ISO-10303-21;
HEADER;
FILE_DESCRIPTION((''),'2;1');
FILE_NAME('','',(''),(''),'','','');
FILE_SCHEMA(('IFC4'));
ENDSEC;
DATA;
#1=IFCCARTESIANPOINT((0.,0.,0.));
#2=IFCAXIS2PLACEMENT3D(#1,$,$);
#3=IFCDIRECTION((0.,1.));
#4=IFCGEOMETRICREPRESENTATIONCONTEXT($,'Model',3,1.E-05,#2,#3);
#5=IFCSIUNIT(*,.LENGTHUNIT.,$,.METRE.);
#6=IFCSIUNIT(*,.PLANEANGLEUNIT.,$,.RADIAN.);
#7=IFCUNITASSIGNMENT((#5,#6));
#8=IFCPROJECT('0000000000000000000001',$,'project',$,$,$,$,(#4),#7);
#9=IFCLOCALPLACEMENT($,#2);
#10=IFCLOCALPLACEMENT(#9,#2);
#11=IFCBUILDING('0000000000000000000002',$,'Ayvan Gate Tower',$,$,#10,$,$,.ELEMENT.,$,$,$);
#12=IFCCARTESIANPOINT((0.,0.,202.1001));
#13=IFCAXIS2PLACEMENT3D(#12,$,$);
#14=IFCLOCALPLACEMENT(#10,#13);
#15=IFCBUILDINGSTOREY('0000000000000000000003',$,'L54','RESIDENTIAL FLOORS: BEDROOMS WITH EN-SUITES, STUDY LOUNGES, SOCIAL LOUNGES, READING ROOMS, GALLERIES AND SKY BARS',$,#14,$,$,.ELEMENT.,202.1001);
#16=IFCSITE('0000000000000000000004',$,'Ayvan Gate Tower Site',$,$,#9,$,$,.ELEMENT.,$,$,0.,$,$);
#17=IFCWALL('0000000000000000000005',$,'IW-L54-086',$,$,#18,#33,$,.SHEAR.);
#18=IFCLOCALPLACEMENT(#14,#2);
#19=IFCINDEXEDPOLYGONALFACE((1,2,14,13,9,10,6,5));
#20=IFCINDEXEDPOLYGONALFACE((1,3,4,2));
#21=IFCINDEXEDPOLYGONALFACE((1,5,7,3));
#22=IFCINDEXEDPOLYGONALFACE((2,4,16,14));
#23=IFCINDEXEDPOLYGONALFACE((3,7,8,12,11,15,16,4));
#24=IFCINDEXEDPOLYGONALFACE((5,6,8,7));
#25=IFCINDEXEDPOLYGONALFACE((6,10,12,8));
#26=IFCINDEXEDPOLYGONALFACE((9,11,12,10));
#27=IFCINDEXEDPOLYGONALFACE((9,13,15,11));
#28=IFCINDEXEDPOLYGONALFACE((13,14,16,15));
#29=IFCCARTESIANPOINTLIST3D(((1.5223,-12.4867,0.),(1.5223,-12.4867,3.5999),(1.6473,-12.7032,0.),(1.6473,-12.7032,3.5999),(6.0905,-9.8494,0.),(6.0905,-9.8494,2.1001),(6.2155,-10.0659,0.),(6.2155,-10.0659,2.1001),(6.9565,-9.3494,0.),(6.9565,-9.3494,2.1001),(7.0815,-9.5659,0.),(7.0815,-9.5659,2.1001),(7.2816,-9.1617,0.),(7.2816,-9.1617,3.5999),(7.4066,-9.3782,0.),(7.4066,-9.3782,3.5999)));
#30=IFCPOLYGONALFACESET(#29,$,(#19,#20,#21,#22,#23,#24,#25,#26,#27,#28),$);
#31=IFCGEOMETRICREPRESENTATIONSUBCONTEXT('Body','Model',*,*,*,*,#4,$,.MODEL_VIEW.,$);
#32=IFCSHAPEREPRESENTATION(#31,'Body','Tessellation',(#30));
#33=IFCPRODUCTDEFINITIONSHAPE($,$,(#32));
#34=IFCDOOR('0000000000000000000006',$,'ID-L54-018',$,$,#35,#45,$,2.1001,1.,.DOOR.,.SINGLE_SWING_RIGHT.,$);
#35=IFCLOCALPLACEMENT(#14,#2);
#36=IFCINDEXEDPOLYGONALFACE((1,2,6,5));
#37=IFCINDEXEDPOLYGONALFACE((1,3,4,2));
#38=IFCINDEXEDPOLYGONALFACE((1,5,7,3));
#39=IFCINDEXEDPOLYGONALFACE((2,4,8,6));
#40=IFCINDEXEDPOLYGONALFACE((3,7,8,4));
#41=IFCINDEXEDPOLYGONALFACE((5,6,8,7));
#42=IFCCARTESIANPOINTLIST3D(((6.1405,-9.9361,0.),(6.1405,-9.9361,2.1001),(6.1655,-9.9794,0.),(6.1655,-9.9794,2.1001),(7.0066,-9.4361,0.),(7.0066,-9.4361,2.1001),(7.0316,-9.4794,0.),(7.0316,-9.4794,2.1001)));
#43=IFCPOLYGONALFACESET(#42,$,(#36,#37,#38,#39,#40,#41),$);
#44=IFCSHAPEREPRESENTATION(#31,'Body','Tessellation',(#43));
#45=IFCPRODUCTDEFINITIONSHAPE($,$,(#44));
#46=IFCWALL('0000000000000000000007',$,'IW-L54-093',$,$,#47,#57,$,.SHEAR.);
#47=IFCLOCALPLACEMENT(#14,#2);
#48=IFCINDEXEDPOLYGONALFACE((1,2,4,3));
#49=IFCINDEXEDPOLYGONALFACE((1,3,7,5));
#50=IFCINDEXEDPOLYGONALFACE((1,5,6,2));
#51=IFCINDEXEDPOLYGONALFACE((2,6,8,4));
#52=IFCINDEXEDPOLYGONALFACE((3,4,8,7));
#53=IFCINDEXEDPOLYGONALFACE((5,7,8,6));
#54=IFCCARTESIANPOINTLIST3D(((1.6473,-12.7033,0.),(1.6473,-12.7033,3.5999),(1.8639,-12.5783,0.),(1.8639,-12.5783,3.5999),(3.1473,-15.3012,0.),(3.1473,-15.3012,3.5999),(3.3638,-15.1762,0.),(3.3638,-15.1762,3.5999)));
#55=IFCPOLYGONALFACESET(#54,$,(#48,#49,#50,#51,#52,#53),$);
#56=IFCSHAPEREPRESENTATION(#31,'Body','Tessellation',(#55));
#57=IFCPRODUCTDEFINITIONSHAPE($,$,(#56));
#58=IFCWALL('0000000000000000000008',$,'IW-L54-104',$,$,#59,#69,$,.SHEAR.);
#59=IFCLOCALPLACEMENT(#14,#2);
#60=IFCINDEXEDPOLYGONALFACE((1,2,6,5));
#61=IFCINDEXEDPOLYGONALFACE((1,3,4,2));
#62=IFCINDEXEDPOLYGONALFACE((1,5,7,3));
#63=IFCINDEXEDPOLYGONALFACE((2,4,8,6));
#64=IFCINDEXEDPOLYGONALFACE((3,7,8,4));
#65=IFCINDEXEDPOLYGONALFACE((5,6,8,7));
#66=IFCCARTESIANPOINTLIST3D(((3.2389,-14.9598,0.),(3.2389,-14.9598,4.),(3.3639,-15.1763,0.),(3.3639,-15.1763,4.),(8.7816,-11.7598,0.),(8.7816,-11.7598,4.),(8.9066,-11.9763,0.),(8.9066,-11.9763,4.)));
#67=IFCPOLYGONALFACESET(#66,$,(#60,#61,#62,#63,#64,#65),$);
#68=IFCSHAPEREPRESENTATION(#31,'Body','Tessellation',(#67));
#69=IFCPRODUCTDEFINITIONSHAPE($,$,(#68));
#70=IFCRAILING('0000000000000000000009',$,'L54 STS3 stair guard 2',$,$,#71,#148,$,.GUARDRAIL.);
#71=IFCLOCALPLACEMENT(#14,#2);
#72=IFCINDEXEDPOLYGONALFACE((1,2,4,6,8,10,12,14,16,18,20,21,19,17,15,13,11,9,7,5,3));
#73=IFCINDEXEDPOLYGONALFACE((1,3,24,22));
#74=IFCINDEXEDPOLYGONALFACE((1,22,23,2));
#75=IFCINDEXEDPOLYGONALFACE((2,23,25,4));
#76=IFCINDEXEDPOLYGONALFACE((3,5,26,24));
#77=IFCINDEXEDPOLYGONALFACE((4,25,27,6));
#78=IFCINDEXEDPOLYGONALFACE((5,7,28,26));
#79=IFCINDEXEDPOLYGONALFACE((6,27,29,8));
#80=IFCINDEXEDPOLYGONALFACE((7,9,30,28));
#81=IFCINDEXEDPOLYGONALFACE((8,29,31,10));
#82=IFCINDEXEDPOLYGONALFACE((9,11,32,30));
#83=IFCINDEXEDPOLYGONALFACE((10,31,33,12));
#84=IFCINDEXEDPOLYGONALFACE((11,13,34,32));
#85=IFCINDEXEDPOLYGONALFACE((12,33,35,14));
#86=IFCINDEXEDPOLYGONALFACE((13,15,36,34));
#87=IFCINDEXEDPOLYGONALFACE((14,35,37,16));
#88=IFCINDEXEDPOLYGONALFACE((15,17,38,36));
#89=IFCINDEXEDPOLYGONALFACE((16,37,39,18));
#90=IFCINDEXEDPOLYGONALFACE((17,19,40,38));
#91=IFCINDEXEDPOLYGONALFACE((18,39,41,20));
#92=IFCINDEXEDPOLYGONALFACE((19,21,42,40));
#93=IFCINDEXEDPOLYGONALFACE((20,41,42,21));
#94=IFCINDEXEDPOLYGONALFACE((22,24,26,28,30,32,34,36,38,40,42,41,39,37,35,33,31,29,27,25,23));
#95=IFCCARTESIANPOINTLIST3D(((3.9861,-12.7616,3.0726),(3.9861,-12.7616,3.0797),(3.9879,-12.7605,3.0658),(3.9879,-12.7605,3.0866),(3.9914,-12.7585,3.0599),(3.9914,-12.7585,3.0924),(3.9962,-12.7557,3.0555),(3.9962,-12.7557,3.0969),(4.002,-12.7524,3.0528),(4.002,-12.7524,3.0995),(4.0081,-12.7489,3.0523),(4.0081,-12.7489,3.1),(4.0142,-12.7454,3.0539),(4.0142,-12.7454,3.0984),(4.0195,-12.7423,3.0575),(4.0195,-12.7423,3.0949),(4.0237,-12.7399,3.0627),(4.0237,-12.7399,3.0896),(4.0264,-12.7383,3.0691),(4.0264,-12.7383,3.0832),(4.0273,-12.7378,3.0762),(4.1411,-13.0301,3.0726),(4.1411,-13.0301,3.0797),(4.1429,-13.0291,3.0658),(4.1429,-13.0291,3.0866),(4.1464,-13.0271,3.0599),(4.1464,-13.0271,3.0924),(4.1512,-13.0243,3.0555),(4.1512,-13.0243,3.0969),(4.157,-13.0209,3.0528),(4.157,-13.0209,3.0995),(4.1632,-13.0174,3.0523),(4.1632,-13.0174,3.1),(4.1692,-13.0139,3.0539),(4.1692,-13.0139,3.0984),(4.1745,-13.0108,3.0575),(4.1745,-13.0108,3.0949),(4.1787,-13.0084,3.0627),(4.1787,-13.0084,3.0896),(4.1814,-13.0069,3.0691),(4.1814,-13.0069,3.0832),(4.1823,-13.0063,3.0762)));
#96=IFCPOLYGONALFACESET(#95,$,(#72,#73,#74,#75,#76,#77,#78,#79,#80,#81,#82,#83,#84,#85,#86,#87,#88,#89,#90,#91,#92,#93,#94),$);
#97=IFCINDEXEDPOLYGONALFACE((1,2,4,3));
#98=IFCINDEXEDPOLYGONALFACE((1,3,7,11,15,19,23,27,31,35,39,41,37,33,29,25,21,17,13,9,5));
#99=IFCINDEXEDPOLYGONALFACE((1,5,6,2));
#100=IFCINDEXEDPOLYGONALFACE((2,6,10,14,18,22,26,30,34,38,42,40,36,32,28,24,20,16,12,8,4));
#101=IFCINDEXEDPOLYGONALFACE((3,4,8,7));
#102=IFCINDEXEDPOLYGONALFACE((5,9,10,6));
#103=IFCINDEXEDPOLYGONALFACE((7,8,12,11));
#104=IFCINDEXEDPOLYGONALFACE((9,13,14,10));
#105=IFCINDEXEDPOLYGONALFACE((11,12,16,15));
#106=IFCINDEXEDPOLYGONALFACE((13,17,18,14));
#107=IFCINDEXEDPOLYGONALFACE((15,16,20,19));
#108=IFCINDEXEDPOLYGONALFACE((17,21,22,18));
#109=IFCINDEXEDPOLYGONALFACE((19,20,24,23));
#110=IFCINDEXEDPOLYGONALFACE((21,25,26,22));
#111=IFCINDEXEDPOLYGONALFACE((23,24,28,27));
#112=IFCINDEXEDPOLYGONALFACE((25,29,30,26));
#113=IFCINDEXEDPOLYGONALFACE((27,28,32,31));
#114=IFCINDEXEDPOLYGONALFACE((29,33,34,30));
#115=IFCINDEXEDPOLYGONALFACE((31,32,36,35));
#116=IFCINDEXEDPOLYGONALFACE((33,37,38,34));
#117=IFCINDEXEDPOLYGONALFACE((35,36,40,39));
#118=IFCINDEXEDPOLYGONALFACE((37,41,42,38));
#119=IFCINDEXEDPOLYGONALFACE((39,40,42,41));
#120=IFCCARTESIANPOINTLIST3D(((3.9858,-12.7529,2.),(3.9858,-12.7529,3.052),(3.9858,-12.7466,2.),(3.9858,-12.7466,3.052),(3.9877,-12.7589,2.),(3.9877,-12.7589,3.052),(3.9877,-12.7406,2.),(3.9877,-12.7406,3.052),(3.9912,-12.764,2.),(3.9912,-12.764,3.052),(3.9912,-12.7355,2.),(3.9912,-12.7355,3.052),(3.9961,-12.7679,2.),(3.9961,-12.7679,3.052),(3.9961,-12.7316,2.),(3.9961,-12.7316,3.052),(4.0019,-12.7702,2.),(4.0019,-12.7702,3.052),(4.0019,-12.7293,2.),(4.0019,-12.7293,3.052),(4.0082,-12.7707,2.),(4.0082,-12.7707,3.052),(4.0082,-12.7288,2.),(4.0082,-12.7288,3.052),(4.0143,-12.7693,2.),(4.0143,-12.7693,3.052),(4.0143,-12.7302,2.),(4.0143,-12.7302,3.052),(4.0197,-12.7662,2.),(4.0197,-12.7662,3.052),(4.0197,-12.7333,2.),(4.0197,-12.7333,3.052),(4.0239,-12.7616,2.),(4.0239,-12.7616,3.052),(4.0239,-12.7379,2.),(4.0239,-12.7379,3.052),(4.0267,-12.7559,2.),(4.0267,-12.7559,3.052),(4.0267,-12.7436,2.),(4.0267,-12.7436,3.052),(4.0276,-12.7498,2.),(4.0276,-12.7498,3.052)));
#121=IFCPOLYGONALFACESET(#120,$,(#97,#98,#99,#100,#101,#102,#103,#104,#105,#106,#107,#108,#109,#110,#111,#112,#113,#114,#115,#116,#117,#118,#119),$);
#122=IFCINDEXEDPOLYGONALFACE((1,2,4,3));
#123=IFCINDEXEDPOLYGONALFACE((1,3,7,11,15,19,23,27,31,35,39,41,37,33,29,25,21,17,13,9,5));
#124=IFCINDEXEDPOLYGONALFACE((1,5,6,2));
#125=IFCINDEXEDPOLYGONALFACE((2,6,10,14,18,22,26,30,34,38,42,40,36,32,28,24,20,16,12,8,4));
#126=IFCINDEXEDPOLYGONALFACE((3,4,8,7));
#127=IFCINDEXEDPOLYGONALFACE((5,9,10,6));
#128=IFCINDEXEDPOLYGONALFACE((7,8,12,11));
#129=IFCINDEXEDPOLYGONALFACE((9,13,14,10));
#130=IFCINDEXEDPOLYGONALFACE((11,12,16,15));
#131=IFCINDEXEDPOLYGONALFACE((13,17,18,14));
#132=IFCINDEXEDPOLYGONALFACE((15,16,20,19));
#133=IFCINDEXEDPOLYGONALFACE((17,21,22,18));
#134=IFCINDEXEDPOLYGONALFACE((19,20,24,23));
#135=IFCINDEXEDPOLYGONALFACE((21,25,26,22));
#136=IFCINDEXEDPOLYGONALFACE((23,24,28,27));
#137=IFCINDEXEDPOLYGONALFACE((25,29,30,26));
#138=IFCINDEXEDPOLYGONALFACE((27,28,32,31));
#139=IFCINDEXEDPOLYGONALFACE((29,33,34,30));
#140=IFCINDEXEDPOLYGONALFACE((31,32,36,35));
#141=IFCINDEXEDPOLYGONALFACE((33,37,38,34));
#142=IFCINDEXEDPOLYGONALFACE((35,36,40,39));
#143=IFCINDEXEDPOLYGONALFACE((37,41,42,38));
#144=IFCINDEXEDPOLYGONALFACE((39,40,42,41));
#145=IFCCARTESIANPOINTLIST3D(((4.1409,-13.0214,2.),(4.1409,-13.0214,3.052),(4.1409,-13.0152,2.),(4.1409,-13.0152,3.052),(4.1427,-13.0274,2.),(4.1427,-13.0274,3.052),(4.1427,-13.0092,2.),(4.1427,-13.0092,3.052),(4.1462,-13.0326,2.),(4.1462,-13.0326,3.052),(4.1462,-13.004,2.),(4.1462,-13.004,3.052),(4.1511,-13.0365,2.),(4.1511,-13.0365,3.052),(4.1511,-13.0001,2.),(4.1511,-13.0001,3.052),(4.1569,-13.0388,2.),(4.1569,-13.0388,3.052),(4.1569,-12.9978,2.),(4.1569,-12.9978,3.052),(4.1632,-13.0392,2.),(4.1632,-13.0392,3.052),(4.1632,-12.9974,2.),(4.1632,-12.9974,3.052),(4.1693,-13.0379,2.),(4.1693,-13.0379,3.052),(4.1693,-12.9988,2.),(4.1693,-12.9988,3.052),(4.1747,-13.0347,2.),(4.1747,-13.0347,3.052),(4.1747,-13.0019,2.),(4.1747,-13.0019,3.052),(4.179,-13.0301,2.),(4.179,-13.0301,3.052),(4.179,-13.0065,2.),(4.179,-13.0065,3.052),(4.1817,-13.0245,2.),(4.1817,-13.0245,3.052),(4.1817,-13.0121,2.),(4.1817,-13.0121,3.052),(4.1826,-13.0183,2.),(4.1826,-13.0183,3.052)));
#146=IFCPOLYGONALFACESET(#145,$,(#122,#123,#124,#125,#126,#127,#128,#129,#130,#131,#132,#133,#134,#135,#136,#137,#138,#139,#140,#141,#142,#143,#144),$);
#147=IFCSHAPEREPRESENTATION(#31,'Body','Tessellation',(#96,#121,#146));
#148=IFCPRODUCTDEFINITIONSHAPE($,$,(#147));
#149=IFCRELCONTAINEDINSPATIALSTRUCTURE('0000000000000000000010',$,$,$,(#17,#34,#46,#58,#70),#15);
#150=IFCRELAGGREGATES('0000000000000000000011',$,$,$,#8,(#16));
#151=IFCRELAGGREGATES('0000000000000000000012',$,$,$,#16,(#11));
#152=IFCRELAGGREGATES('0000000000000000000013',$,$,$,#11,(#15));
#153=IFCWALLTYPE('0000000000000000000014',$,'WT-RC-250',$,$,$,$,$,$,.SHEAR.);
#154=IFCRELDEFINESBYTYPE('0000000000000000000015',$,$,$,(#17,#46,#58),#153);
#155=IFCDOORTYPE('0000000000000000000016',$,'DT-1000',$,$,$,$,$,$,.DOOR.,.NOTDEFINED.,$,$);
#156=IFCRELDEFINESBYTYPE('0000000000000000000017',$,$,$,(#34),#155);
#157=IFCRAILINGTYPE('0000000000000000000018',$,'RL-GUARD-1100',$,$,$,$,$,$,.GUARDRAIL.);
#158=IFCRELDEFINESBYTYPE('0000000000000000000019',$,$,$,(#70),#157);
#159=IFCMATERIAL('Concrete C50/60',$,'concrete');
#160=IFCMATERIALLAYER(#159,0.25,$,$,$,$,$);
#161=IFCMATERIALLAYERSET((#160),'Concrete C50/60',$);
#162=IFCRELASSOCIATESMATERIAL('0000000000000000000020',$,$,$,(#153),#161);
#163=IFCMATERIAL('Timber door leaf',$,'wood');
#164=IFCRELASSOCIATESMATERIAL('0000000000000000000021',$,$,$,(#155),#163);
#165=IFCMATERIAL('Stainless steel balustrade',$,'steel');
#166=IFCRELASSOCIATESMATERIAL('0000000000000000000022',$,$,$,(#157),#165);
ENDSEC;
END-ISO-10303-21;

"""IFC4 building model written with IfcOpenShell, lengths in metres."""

from ifc_helpers import new_model, si_unit, direction, frame, frame_2d, origin, origin_2d, place, context, subcontext, project, spatial, rectangle, circle, extrude, material, layer, layer_set, type_object, element, fill, save


model = new_model("IFC4")

# Units and contexts
model_context = context("Model", 3, precision=1e-05, world=origin(), true_north=direction((0.0, 1.0)))
body_context = subcontext(model_context, "Body", "Model", "MODEL_VIEW")
ifc_project = project(units=[si_unit("LENGTHUNIT", "METRE"), si_unit("PLANEANGLEUNIT", "RADIAN")], contexts=[model_context])

# Site, building, storey
site_placement = place(None, origin())
site = spatial("IfcSite", under=ifc_project, at=site_placement, Name="Ayvan Gate Tower Site", CompositionType="ELEMENT", RefElevation=0.0)
building_placement = place(site_placement, origin())
building = spatial("IfcBuilding", under=site, at=building_placement, Name="Ayvan Gate Tower", CompositionType="ELEMENT")
storey_placement = place(building_placement, frame((0.0, 0.0, 202.1001)))
storey = spatial("IfcBuildingStorey", under=building, at=storey_placement, Name="L54", Description="RESIDENTIAL FLOORS: BEDROOMS WITH EN-SUITES, STUDY LOUNGES, SOCIAL LOUNGES, READING ROOMS, GALLERIES AND SKY BARS", CompositionType="ELEMENT", Elevation=202.1001)

# Shared definitions
ifc_material_1 = material(Name="Timber door leaf", Category="wood")

# Shared definitions
ifc_material_2 = material(Name="Concrete C50/60", Category="concrete")
ifc_layer_1 = layer(ifc_material_2, 0.25)
ifc_layer_set_1 = layer_set([ifc_layer_1], Name="Concrete C50/60")
wall_type_1 = type_object("IfcWallType", Name="WT-RC-250", PredefinedType="SHEAR", material=ifc_layer_set_1)

# Wall, opening, door
wall_1_placement = place(storey_placement, frame((1.5847, -12.595, 0.0), z_axis=(0.0, 0.0, 1.0), x_axis=(0.866036, 0.499981, 0.0)))
wall_1 = element("IfcWall", 1, at=wall_1_placement, inside=storey, type_object=wall_type_1, Name="IW-L54-086", PredefinedType="SHEAR", context=body_context, shape_type="SweptSolid", body=[
    extrude(rectangle(XDim=6.6501, YDim=0.25, at=frame_2d((3.3252, 0.0))), origin(), (0.0, 0.0, 1.0), 3.5999),
])
opening_1_placement = place(wall_1_placement, frame((5.2749, 0.0, 0.0)))
opening_1 = element("IfcOpeningElement", 2, at=opening_1_placement, cuts=wall_1, PredefinedType="OPENING", context=body_context, shape_type="SweptSolid", body=[
    extrude(rectangle(XDim=1.0, YDim=2.1001, at=frame_2d((0.5, 1.05))), frame((0.0, 0.135, 0.0), z_axis=(0.0, -1.0, 0.0), x_axis=(1.0, 0.0, 0.0)), (0.0, 0.0, 1.0), 0.27),
])
door_type_1 = type_object("IfcDoorType", Name="DT-1000", OperationType="NOTDEFINED", PredefinedType="DOOR", material=ifc_material_1)
door_1_placement = place(opening_1_placement, origin())
door_1 = element("IfcDoor", 3, at=door_1_placement, inside=storey, type_object=door_type_1, Name="ID-L54-018", OperationType="SINGLE_SWING_RIGHT", OverallHeight=2.1001, OverallWidth=1.0, PredefinedType="DOOR", context=body_context, shape_type="SweptSolid", body=[
    extrude(rectangle(XDim=1.0, YDim=2.1001, at=frame_2d((0.5, 1.05))), frame((0.0, 0.0249, 0.0), z_axis=(0.0, -1.0, 0.0), x_axis=(1.0, 0.0, 0.0)), (0.0, 0.0, 1.0), 0.05),
])
fill(opening_1, door_1)

# Walls
wall_2_placement = place(storey_placement, frame((3.2556, -15.2388, 0.0), z_axis=(0.0, 0.0, 1.0), x_axis=(-0.500025, 0.866011, 0.0)))
element("IfcWall", 4, at=wall_2_placement, inside=storey, type_object=wall_type_1, Name="IW-L54-093", PredefinedType="SHEAR", context=body_context, shape_type="SweptSolid", body=[
    extrude(rectangle(XDim=2.9998, YDim=0.25, at=frame_2d((1.5, 0.0))), origin(), (0.0, 0.0, 1.0), 3.5999),
])
wall_3_placement = place(storey_placement, frame((3.3013, -15.0681, 0.0), z_axis=(0.0, 0.0, 1.0), x_axis=(0.866035, 0.499983, 0.0)))
element("IfcWall", 5, at=wall_3_placement, inside=storey, type_object=wall_type_1, Name="IW-L54-104", PredefinedType="SHEAR", context=body_context, shape_type="SweptSolid", body=[
    extrude(rectangle(XDim=6.4001, YDim=0.25, at=frame_2d((3.2002, 0.0))), origin(), (0.0, 0.0, 1.0), 4.0),
])

# Railing
ifc_material_3 = material(Name="Stainless steel balustrade", Category="steel")
railing_type_1 = type_object("IfcRailingType", Name="RL-GUARD-1100", PredefinedType="GUARDRAIL", material=ifc_material_3)
railing_1_placement = place(storey_placement, frame((4.0066, -12.7498, 2.0)))
element("IfcRailing", 6, at=railing_1_placement, inside=storey, type_object=railing_type_1, Name="L54 STS3 stair guard 2", PredefinedType="GUARDRAIL", context=body_context, shape_type="SweptSolid", body=[
    extrude(circle(Radius=0.0239, at=origin_2d()), frame((0.0, 0.0, 1.0762), z_axis=(0.49995, -0.866054, 0.0), x_axis=(0.866054, 0.49995, 0.0)), (0.0, 0.0, 1.0), 0.3101),
    extrude(circle(Radius=0.021, at=origin_2d()), origin(), (0.0, 0.0, 1.0), 1.052),
    extrude(circle(Radius=0.021, at=origin_2d()), frame((0.155, -0.2686, 0.0)), (0.0, 0.0, 1.0), 1.052),
])

save(model, "model.ifc")
